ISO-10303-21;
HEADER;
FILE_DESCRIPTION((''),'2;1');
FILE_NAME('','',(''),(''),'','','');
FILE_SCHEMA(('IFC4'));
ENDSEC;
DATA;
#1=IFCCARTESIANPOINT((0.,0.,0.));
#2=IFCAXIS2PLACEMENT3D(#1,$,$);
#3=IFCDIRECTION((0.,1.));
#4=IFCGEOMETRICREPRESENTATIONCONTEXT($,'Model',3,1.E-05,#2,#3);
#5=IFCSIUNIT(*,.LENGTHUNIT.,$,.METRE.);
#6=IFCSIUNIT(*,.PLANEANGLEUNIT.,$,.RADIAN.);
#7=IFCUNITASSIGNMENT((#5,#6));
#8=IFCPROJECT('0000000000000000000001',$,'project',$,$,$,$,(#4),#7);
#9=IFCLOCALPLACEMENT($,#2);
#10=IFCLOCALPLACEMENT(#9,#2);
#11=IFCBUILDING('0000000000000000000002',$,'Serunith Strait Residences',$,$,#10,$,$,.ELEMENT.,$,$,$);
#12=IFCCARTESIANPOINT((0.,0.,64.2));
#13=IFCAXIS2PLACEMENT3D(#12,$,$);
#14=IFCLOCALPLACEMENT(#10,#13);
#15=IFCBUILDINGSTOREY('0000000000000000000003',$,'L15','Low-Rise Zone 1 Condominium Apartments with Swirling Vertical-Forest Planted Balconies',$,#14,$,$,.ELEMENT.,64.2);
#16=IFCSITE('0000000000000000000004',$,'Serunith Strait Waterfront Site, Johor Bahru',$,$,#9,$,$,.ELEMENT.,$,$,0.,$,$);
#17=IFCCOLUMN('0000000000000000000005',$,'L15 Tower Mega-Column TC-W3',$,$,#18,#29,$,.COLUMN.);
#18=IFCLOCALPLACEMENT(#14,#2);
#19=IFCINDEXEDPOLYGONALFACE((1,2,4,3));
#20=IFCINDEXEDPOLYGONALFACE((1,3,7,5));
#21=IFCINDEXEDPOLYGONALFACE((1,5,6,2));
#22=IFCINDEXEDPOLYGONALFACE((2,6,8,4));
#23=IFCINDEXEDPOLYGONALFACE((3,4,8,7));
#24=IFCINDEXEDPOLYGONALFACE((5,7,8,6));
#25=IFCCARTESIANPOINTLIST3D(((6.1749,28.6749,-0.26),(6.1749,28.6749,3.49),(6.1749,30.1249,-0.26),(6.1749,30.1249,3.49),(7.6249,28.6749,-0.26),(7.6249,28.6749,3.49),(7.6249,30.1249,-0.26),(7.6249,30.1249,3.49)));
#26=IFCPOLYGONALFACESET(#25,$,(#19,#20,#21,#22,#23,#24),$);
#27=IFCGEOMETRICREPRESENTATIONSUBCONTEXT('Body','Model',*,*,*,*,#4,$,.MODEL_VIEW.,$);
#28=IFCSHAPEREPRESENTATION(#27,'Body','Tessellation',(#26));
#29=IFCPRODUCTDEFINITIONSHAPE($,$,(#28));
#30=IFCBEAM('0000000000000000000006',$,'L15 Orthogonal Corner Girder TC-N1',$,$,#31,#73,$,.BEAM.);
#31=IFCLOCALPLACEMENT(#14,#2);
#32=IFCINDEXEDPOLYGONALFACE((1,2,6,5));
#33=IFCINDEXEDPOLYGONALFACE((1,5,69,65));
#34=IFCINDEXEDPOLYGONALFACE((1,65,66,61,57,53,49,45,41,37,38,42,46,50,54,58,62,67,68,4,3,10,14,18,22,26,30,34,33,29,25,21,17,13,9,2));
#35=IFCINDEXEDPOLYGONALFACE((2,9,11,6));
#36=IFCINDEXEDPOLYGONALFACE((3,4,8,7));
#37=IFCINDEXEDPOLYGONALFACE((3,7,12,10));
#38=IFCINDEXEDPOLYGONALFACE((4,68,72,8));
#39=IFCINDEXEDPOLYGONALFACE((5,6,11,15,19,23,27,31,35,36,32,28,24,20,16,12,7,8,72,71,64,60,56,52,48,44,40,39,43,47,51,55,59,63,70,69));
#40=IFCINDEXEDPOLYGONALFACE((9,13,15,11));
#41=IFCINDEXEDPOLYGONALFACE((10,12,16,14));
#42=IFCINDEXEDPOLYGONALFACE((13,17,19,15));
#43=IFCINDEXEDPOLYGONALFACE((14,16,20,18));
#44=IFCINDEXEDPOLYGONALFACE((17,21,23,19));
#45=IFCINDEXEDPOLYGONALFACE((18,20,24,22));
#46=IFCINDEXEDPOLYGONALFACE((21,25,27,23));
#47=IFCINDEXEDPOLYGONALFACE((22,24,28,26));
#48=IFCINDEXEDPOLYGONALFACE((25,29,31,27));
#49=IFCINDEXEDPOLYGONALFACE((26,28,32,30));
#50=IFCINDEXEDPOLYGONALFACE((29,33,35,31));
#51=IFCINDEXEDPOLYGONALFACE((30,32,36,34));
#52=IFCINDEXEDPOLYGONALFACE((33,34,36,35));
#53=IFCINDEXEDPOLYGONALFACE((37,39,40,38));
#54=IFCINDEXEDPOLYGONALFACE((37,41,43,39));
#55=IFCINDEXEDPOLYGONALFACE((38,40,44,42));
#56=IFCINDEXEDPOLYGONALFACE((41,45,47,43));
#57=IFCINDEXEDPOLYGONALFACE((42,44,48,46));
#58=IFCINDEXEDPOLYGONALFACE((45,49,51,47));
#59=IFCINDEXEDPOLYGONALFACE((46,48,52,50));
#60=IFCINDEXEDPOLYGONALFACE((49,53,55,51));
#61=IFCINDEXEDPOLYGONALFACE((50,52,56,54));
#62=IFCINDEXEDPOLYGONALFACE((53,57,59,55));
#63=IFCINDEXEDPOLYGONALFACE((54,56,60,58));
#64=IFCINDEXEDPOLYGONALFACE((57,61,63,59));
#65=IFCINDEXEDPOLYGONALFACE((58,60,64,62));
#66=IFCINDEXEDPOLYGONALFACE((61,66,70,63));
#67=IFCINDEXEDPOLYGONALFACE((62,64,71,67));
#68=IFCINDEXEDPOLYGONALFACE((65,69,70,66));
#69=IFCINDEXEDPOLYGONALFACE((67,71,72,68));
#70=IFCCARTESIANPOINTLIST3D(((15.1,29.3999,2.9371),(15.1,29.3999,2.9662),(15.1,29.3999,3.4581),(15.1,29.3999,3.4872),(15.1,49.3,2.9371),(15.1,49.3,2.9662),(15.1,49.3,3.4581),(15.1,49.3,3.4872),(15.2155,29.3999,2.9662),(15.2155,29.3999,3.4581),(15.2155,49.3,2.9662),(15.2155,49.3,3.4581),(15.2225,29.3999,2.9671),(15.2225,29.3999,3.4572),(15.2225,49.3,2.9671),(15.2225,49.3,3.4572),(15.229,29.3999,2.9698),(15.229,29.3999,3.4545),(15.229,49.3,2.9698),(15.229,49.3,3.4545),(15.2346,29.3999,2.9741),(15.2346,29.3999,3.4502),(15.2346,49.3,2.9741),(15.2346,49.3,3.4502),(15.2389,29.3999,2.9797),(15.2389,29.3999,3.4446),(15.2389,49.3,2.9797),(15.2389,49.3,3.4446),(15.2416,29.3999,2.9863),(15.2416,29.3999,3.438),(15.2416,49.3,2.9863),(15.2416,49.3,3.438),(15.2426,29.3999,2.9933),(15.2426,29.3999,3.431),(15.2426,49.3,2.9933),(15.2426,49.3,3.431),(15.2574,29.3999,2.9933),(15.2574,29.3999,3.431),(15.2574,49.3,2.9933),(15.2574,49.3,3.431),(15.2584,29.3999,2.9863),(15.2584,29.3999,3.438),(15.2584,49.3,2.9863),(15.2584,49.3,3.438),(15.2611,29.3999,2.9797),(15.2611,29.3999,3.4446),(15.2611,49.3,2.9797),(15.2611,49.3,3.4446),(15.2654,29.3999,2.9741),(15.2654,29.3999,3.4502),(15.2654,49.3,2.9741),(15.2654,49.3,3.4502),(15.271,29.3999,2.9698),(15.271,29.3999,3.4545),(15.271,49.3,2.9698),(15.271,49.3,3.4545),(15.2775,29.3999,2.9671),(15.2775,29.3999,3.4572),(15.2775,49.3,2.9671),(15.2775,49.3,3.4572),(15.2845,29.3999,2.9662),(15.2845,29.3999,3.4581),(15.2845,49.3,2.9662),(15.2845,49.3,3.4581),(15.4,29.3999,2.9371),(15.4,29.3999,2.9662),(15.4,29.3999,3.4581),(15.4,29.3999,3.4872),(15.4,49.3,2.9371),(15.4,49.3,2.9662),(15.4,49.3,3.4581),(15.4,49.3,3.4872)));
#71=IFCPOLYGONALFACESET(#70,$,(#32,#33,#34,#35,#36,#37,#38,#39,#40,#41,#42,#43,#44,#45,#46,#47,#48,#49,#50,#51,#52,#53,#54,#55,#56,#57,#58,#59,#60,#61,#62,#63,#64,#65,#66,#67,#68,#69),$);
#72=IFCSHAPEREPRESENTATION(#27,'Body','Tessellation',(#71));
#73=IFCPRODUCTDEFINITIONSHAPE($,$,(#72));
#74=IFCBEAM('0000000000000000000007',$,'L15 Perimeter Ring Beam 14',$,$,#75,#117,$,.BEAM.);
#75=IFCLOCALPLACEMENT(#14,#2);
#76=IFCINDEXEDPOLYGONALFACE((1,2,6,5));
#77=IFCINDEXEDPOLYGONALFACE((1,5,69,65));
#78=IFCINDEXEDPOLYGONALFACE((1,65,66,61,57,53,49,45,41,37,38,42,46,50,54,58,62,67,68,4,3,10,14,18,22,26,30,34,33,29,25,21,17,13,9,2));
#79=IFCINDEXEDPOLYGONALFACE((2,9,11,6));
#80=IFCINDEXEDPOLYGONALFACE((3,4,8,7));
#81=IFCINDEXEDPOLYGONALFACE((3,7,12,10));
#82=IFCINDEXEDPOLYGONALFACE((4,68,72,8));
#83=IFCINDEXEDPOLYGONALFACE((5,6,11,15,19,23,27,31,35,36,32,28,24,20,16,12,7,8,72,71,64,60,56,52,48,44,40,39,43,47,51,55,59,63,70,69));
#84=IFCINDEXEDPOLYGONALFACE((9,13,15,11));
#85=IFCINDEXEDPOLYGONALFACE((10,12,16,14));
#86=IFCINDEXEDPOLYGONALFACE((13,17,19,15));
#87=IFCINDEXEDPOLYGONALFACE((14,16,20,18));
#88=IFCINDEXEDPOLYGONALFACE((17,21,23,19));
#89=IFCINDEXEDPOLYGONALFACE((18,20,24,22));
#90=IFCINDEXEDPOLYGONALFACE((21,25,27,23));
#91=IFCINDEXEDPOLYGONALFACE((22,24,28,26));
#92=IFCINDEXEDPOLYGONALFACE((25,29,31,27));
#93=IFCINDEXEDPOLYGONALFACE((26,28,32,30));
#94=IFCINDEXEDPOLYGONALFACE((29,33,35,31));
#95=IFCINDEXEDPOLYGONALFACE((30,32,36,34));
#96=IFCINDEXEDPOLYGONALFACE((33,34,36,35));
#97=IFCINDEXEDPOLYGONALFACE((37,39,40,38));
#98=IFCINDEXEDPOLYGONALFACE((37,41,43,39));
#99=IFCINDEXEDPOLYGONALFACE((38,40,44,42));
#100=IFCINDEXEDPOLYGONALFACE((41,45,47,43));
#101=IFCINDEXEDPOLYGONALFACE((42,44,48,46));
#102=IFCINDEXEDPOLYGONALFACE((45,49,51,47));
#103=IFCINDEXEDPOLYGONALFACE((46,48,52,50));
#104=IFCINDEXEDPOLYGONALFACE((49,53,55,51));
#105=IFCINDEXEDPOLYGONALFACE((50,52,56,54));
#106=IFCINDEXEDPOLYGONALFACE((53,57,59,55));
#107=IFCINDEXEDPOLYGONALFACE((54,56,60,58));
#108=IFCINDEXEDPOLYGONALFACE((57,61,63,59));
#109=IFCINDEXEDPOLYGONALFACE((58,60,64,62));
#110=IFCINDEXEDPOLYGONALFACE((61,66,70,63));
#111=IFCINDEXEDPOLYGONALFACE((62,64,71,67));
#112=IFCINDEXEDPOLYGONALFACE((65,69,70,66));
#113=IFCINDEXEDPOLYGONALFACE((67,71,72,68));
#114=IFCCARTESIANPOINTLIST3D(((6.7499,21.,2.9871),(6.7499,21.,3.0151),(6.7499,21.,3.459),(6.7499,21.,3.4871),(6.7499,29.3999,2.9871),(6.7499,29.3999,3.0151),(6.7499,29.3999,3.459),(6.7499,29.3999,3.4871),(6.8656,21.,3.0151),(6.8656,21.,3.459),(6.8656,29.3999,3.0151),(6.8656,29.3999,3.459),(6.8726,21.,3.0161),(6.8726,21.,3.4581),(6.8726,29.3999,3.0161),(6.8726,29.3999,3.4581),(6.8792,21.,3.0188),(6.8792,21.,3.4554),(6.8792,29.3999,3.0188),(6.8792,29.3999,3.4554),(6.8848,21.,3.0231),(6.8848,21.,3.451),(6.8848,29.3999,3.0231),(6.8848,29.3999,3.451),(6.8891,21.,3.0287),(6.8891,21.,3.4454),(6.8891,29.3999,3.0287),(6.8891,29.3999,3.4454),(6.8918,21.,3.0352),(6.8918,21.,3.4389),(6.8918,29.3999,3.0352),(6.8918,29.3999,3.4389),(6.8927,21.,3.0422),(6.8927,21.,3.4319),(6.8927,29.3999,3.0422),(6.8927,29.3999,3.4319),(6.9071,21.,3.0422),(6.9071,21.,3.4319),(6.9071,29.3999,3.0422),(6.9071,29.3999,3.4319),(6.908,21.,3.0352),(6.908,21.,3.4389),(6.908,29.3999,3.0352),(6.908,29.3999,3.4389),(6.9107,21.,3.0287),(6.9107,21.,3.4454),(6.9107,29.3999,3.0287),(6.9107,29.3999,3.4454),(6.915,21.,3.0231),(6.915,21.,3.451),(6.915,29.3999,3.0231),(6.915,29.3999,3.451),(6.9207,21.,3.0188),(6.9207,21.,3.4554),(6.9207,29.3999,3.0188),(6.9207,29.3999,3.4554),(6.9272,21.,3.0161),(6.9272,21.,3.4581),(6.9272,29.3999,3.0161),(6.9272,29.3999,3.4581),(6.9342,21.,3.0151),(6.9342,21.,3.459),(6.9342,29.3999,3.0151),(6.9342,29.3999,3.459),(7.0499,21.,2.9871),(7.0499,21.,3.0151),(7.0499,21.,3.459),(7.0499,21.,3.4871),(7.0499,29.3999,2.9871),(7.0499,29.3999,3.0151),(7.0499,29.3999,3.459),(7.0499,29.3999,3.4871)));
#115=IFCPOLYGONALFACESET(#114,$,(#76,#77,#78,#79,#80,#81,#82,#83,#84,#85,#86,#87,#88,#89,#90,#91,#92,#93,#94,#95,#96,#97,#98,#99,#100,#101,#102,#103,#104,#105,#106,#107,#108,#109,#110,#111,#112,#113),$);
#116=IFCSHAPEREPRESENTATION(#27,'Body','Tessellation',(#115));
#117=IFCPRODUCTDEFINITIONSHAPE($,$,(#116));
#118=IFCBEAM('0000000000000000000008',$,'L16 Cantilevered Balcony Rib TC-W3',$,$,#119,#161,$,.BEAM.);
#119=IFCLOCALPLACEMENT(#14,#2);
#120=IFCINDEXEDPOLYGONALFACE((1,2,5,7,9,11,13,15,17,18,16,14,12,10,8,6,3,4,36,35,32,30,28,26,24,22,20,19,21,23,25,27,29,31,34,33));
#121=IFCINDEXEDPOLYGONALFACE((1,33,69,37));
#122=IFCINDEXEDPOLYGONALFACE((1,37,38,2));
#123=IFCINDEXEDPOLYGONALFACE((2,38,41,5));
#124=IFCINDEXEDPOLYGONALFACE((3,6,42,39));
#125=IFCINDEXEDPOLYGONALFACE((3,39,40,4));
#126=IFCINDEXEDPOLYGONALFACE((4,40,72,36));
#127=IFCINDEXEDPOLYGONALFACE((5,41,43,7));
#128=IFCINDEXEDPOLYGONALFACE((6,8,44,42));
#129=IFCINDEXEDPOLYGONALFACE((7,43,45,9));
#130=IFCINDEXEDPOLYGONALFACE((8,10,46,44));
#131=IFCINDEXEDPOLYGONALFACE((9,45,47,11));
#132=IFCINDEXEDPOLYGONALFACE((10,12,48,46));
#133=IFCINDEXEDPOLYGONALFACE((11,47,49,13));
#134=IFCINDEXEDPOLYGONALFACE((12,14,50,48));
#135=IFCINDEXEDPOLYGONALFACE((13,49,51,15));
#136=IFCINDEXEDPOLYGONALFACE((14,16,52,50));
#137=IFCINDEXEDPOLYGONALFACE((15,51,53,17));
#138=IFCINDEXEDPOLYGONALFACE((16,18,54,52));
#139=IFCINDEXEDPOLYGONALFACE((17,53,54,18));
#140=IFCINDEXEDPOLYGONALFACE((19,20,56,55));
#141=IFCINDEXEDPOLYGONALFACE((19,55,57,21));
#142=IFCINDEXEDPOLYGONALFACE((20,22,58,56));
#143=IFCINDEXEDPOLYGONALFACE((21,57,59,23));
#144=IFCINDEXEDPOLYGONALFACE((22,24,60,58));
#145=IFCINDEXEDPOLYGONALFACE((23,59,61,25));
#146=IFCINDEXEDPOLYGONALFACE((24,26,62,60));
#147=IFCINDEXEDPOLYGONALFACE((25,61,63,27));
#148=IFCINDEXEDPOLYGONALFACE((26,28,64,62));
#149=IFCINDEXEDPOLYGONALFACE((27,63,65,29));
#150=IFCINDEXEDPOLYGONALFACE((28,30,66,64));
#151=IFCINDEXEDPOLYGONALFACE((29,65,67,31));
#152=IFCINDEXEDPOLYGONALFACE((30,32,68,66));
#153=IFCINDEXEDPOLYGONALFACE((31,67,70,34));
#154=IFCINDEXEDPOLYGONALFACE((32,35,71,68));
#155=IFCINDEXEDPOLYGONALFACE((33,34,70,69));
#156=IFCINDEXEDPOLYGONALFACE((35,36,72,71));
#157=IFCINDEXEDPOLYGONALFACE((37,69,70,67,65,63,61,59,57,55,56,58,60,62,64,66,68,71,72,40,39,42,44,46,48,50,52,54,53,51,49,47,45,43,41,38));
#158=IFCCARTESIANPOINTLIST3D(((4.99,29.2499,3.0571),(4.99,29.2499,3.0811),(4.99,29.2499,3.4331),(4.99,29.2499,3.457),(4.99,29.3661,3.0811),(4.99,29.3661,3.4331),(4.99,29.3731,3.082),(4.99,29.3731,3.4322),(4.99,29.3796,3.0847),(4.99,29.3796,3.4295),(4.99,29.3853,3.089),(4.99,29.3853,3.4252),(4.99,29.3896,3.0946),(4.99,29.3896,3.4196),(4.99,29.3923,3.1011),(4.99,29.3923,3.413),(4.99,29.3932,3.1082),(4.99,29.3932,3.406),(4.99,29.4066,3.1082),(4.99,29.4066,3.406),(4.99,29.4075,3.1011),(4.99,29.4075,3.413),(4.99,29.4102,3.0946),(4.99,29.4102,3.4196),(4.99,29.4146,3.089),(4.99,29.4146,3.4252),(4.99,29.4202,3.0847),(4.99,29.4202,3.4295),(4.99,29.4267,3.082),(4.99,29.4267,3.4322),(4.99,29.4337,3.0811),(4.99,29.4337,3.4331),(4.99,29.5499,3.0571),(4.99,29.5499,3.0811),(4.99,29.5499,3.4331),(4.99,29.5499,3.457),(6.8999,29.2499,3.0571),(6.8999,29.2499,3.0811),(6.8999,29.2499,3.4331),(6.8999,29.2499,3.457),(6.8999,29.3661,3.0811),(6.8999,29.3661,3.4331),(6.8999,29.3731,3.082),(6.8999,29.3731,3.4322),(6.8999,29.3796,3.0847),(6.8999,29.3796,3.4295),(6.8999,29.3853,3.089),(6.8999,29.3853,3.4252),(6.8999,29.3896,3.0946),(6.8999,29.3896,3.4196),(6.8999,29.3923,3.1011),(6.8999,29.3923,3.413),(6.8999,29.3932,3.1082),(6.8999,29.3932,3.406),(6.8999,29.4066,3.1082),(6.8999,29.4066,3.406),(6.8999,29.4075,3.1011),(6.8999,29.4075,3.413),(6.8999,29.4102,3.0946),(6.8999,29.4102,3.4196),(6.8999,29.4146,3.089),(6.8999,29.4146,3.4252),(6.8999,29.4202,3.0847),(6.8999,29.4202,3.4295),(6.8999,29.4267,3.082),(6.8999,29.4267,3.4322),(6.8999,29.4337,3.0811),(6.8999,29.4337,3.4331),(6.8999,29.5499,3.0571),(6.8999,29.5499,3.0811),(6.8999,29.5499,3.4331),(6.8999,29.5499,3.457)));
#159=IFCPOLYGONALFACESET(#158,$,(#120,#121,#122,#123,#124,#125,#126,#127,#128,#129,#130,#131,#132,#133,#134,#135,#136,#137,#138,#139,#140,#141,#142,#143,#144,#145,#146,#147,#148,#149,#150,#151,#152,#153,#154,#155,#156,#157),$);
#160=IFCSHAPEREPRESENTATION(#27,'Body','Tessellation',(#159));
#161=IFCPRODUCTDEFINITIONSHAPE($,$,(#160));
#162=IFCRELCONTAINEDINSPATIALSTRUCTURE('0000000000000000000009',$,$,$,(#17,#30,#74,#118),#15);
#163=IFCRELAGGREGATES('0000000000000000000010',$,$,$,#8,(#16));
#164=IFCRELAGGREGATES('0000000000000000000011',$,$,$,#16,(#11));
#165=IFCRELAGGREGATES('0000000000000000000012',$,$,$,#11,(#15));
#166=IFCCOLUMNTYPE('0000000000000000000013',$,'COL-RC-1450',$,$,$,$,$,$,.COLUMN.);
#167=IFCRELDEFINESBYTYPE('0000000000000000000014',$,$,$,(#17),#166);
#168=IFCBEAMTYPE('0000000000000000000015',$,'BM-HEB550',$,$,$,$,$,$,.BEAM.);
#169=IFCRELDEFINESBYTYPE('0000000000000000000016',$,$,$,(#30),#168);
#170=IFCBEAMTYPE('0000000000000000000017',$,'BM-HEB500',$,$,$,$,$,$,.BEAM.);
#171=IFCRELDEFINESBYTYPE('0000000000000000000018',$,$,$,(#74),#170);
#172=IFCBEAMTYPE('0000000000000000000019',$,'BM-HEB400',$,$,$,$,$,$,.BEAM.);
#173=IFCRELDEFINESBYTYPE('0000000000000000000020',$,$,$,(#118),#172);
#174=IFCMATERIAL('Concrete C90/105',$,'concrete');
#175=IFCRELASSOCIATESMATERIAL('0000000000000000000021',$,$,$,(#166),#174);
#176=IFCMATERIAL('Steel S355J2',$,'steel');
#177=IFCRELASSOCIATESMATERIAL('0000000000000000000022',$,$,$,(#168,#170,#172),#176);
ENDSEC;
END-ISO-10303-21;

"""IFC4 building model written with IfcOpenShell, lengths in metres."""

from ifc_helpers import new_model, si_unit, direction, frame, origin, origin_2d, place, context, subcontext, project, spatial, rectangle, i_section, extrude, source, transform, mapped, material, material_profile, profile_set, type_object, element, save


model = new_model("IFC4")

# Units and contexts
model_context = context("Model", 3, precision=1e-05, world=origin(), true_north=direction((0.0, 1.0)))
body_context = subcontext(model_context, "Body", "Model", "MODEL_VIEW")
ifc_project = project(units=[si_unit("LENGTHUNIT", "METRE"), si_unit("PLANEANGLEUNIT", "RADIAN")], contexts=[model_context])

# Site, building, storey
site_placement = place(None, origin())
site = spatial("IfcSite", under=ifc_project, at=site_placement, Name="Serunith Strait Waterfront Site, Johor Bahru", CompositionType="ELEMENT", RefElevation=0.0)
building_placement = place(site_placement, origin())
building = spatial("IfcBuilding", under=site, at=building_placement, Name="Serunith Strait Residences", CompositionType="ELEMENT")
storey_placement = place(building_placement, frame((0.0, 0.0, 64.2)))
storey = spatial("IfcBuildingStorey", under=building, at=storey_placement, Name="L15", Description="Low-Rise Zone 1 Condominium Apartments with Swirling Vertical-Forest Planted Balconies", CompositionType="ELEMENT", Elevation=64.2)

# Column
ifc_material_1 = material(Name="Concrete C90/105", Category="concrete")
ifc_material_profile_1 = material_profile(ifc_material_1, rectangle(XDim=1.45, YDim=1.45, at=origin_2d()), Name="RC 1450x1450")
ifc_profile_set_1 = profile_set([ifc_material_profile_1], Name="Concrete C90/105")
column_type = type_object("IfcColumnType", Name="COL-RC-1450", PredefinedType="COLUMN", material=ifc_profile_set_1)
shared_shape_1 = source(origin(), body_context, "Body", "SweptSolid", [
    extrude(rectangle(XDim=1.45, YDim=1.45, at=origin_2d()), origin(), (0.0, 0.0, 1.0), 3.75),
])
column_placement = place(storey_placement, frame((6.8999, 29.3999, -0.26), z_axis=(0.0, 0.0, 1.0), x_axis=(1.0, 0.0, 0.0)))
element("IfcColumn", 1, at=column_placement, inside=storey, type_object=column_type, Name="L15 Tower Mega-Column TC-W3", PredefinedType="COLUMN", context=body_context, shape_type="MappedRepresentation", body=[
    mapped(shared_shape_1, transform((0.0, 0.0, 0.0), scale=1.0)),
])

# Beams
ifc_material_2 = material(Name="Steel S355J2", Category="steel")
ifc_material_profile_2 = material_profile(ifc_material_2, i_section(OverallWidth=0.3, OverallDepth=0.55, WebThickness=0.0149, FlangeThickness=0.0291, FilletRadius=0.0271, at=origin_2d()), Name="HEB 550")
ifc_profile_set_2 = profile_set([ifc_material_profile_2], Name="Steel S355J2")
beam_type_1 = type_object("IfcBeamType", Name="BM-HEB550", PredefinedType="BEAM", material=ifc_profile_set_2)
shared_shape_2 = source(origin(), body_context, "Body", "SweptSolid", [
    extrude(i_section(OverallWidth=0.3, OverallDepth=0.55, WebThickness=0.0149, FlangeThickness=0.0291, FilletRadius=0.0271, at=origin_2d()), origin(), (0.0, 0.0, 1.0), 19.9001),
])
beam_1_placement = place(storey_placement, frame((15.25, 29.3999, 3.2122), z_axis=(0.0, 1.0, 0.0), x_axis=(-1.0, 0.0, 0.0)))
element("IfcBeam", 2, at=beam_1_placement, inside=storey, type_object=beam_type_1, Name="L15 Orthogonal Corner Girder TC-N1", PredefinedType="BEAM", context=body_context, shape_type="MappedRepresentation", body=[
    mapped(shared_shape_2, transform((0.0, 0.0, 0.0), scale=1.0)),
])
ifc_material_profile_3 = material_profile(ifc_material_2, i_section(OverallWidth=0.3, OverallDepth=0.5, WebThickness=0.0144, FlangeThickness=0.0281, FilletRadius=0.0271, at=origin_2d()), Name="HEB 500")
ifc_profile_set_3 = profile_set([ifc_material_profile_3], Name="Steel S355J2")
beam_type_2 = type_object("IfcBeamType", Name="BM-HEB500", PredefinedType="BEAM", material=ifc_profile_set_3)
shared_shape_3 = source(origin(), body_context, "Body", "SweptSolid", [
    extrude(i_section(OverallWidth=0.3, OverallDepth=0.5, WebThickness=0.0144, FlangeThickness=0.0281, FilletRadius=0.0271, at=origin_2d()), origin(), (0.0, 0.0, 1.0), 8.3999),
])
beam_2_placement = place(storey_placement, frame((6.8999, 29.3999, 3.2371), z_axis=(0.0, -1.0, 0.0), x_axis=(1.0, 0.0, 0.0)))
element("IfcBeam", 3, at=beam_2_placement, inside=storey, type_object=beam_type_2, Name="L15 Perimeter Ring Beam 14", PredefinedType="BEAM", context=body_context, shape_type="MappedRepresentation", body=[
    mapped(shared_shape_3, transform((0.0, 0.0, 0.0), scale=1.0)),
])
ifc_material_profile_4 = material_profile(ifc_material_2, i_section(OverallWidth=0.3, OverallDepth=0.3999, WebThickness=0.0134, FlangeThickness=0.0239, FilletRadius=0.0271, at=origin_2d()), Name="HEB 400")
ifc_profile_set_4 = profile_set([ifc_material_profile_4], Name="Steel S355J2")
beam_type_3 = type_object("IfcBeamType", Name="BM-HEB400", PredefinedType="BEAM", material=ifc_profile_set_4)
shared_shape_4 = source(origin(), body_context, "Body", "SweptSolid", [
    extrude(i_section(OverallWidth=0.3, OverallDepth=0.3999, WebThickness=0.0134, FlangeThickness=0.0239, FilletRadius=0.0271, at=origin_2d()), origin(), (0.0, 0.0, 1.0), 1.9099),
])
beam_3_placement = place(storey_placement, frame((6.8999, 29.3999, 3.2571), z_axis=(-1.0, 0.0, 0.0), x_axis=(0.0, -1.0, 0.0)))
element("IfcBeam", 4, at=beam_3_placement, inside=storey, type_object=beam_type_3, Name="L16 Cantilevered Balcony Rib TC-W3", PredefinedType="BEAM", context=body_context, shape_type="MappedRepresentation", body=[
    mapped(shared_shape_4, transform((0.0, 0.0, 0.0), scale=1.0)),
])

save(model, "model.ifc")
